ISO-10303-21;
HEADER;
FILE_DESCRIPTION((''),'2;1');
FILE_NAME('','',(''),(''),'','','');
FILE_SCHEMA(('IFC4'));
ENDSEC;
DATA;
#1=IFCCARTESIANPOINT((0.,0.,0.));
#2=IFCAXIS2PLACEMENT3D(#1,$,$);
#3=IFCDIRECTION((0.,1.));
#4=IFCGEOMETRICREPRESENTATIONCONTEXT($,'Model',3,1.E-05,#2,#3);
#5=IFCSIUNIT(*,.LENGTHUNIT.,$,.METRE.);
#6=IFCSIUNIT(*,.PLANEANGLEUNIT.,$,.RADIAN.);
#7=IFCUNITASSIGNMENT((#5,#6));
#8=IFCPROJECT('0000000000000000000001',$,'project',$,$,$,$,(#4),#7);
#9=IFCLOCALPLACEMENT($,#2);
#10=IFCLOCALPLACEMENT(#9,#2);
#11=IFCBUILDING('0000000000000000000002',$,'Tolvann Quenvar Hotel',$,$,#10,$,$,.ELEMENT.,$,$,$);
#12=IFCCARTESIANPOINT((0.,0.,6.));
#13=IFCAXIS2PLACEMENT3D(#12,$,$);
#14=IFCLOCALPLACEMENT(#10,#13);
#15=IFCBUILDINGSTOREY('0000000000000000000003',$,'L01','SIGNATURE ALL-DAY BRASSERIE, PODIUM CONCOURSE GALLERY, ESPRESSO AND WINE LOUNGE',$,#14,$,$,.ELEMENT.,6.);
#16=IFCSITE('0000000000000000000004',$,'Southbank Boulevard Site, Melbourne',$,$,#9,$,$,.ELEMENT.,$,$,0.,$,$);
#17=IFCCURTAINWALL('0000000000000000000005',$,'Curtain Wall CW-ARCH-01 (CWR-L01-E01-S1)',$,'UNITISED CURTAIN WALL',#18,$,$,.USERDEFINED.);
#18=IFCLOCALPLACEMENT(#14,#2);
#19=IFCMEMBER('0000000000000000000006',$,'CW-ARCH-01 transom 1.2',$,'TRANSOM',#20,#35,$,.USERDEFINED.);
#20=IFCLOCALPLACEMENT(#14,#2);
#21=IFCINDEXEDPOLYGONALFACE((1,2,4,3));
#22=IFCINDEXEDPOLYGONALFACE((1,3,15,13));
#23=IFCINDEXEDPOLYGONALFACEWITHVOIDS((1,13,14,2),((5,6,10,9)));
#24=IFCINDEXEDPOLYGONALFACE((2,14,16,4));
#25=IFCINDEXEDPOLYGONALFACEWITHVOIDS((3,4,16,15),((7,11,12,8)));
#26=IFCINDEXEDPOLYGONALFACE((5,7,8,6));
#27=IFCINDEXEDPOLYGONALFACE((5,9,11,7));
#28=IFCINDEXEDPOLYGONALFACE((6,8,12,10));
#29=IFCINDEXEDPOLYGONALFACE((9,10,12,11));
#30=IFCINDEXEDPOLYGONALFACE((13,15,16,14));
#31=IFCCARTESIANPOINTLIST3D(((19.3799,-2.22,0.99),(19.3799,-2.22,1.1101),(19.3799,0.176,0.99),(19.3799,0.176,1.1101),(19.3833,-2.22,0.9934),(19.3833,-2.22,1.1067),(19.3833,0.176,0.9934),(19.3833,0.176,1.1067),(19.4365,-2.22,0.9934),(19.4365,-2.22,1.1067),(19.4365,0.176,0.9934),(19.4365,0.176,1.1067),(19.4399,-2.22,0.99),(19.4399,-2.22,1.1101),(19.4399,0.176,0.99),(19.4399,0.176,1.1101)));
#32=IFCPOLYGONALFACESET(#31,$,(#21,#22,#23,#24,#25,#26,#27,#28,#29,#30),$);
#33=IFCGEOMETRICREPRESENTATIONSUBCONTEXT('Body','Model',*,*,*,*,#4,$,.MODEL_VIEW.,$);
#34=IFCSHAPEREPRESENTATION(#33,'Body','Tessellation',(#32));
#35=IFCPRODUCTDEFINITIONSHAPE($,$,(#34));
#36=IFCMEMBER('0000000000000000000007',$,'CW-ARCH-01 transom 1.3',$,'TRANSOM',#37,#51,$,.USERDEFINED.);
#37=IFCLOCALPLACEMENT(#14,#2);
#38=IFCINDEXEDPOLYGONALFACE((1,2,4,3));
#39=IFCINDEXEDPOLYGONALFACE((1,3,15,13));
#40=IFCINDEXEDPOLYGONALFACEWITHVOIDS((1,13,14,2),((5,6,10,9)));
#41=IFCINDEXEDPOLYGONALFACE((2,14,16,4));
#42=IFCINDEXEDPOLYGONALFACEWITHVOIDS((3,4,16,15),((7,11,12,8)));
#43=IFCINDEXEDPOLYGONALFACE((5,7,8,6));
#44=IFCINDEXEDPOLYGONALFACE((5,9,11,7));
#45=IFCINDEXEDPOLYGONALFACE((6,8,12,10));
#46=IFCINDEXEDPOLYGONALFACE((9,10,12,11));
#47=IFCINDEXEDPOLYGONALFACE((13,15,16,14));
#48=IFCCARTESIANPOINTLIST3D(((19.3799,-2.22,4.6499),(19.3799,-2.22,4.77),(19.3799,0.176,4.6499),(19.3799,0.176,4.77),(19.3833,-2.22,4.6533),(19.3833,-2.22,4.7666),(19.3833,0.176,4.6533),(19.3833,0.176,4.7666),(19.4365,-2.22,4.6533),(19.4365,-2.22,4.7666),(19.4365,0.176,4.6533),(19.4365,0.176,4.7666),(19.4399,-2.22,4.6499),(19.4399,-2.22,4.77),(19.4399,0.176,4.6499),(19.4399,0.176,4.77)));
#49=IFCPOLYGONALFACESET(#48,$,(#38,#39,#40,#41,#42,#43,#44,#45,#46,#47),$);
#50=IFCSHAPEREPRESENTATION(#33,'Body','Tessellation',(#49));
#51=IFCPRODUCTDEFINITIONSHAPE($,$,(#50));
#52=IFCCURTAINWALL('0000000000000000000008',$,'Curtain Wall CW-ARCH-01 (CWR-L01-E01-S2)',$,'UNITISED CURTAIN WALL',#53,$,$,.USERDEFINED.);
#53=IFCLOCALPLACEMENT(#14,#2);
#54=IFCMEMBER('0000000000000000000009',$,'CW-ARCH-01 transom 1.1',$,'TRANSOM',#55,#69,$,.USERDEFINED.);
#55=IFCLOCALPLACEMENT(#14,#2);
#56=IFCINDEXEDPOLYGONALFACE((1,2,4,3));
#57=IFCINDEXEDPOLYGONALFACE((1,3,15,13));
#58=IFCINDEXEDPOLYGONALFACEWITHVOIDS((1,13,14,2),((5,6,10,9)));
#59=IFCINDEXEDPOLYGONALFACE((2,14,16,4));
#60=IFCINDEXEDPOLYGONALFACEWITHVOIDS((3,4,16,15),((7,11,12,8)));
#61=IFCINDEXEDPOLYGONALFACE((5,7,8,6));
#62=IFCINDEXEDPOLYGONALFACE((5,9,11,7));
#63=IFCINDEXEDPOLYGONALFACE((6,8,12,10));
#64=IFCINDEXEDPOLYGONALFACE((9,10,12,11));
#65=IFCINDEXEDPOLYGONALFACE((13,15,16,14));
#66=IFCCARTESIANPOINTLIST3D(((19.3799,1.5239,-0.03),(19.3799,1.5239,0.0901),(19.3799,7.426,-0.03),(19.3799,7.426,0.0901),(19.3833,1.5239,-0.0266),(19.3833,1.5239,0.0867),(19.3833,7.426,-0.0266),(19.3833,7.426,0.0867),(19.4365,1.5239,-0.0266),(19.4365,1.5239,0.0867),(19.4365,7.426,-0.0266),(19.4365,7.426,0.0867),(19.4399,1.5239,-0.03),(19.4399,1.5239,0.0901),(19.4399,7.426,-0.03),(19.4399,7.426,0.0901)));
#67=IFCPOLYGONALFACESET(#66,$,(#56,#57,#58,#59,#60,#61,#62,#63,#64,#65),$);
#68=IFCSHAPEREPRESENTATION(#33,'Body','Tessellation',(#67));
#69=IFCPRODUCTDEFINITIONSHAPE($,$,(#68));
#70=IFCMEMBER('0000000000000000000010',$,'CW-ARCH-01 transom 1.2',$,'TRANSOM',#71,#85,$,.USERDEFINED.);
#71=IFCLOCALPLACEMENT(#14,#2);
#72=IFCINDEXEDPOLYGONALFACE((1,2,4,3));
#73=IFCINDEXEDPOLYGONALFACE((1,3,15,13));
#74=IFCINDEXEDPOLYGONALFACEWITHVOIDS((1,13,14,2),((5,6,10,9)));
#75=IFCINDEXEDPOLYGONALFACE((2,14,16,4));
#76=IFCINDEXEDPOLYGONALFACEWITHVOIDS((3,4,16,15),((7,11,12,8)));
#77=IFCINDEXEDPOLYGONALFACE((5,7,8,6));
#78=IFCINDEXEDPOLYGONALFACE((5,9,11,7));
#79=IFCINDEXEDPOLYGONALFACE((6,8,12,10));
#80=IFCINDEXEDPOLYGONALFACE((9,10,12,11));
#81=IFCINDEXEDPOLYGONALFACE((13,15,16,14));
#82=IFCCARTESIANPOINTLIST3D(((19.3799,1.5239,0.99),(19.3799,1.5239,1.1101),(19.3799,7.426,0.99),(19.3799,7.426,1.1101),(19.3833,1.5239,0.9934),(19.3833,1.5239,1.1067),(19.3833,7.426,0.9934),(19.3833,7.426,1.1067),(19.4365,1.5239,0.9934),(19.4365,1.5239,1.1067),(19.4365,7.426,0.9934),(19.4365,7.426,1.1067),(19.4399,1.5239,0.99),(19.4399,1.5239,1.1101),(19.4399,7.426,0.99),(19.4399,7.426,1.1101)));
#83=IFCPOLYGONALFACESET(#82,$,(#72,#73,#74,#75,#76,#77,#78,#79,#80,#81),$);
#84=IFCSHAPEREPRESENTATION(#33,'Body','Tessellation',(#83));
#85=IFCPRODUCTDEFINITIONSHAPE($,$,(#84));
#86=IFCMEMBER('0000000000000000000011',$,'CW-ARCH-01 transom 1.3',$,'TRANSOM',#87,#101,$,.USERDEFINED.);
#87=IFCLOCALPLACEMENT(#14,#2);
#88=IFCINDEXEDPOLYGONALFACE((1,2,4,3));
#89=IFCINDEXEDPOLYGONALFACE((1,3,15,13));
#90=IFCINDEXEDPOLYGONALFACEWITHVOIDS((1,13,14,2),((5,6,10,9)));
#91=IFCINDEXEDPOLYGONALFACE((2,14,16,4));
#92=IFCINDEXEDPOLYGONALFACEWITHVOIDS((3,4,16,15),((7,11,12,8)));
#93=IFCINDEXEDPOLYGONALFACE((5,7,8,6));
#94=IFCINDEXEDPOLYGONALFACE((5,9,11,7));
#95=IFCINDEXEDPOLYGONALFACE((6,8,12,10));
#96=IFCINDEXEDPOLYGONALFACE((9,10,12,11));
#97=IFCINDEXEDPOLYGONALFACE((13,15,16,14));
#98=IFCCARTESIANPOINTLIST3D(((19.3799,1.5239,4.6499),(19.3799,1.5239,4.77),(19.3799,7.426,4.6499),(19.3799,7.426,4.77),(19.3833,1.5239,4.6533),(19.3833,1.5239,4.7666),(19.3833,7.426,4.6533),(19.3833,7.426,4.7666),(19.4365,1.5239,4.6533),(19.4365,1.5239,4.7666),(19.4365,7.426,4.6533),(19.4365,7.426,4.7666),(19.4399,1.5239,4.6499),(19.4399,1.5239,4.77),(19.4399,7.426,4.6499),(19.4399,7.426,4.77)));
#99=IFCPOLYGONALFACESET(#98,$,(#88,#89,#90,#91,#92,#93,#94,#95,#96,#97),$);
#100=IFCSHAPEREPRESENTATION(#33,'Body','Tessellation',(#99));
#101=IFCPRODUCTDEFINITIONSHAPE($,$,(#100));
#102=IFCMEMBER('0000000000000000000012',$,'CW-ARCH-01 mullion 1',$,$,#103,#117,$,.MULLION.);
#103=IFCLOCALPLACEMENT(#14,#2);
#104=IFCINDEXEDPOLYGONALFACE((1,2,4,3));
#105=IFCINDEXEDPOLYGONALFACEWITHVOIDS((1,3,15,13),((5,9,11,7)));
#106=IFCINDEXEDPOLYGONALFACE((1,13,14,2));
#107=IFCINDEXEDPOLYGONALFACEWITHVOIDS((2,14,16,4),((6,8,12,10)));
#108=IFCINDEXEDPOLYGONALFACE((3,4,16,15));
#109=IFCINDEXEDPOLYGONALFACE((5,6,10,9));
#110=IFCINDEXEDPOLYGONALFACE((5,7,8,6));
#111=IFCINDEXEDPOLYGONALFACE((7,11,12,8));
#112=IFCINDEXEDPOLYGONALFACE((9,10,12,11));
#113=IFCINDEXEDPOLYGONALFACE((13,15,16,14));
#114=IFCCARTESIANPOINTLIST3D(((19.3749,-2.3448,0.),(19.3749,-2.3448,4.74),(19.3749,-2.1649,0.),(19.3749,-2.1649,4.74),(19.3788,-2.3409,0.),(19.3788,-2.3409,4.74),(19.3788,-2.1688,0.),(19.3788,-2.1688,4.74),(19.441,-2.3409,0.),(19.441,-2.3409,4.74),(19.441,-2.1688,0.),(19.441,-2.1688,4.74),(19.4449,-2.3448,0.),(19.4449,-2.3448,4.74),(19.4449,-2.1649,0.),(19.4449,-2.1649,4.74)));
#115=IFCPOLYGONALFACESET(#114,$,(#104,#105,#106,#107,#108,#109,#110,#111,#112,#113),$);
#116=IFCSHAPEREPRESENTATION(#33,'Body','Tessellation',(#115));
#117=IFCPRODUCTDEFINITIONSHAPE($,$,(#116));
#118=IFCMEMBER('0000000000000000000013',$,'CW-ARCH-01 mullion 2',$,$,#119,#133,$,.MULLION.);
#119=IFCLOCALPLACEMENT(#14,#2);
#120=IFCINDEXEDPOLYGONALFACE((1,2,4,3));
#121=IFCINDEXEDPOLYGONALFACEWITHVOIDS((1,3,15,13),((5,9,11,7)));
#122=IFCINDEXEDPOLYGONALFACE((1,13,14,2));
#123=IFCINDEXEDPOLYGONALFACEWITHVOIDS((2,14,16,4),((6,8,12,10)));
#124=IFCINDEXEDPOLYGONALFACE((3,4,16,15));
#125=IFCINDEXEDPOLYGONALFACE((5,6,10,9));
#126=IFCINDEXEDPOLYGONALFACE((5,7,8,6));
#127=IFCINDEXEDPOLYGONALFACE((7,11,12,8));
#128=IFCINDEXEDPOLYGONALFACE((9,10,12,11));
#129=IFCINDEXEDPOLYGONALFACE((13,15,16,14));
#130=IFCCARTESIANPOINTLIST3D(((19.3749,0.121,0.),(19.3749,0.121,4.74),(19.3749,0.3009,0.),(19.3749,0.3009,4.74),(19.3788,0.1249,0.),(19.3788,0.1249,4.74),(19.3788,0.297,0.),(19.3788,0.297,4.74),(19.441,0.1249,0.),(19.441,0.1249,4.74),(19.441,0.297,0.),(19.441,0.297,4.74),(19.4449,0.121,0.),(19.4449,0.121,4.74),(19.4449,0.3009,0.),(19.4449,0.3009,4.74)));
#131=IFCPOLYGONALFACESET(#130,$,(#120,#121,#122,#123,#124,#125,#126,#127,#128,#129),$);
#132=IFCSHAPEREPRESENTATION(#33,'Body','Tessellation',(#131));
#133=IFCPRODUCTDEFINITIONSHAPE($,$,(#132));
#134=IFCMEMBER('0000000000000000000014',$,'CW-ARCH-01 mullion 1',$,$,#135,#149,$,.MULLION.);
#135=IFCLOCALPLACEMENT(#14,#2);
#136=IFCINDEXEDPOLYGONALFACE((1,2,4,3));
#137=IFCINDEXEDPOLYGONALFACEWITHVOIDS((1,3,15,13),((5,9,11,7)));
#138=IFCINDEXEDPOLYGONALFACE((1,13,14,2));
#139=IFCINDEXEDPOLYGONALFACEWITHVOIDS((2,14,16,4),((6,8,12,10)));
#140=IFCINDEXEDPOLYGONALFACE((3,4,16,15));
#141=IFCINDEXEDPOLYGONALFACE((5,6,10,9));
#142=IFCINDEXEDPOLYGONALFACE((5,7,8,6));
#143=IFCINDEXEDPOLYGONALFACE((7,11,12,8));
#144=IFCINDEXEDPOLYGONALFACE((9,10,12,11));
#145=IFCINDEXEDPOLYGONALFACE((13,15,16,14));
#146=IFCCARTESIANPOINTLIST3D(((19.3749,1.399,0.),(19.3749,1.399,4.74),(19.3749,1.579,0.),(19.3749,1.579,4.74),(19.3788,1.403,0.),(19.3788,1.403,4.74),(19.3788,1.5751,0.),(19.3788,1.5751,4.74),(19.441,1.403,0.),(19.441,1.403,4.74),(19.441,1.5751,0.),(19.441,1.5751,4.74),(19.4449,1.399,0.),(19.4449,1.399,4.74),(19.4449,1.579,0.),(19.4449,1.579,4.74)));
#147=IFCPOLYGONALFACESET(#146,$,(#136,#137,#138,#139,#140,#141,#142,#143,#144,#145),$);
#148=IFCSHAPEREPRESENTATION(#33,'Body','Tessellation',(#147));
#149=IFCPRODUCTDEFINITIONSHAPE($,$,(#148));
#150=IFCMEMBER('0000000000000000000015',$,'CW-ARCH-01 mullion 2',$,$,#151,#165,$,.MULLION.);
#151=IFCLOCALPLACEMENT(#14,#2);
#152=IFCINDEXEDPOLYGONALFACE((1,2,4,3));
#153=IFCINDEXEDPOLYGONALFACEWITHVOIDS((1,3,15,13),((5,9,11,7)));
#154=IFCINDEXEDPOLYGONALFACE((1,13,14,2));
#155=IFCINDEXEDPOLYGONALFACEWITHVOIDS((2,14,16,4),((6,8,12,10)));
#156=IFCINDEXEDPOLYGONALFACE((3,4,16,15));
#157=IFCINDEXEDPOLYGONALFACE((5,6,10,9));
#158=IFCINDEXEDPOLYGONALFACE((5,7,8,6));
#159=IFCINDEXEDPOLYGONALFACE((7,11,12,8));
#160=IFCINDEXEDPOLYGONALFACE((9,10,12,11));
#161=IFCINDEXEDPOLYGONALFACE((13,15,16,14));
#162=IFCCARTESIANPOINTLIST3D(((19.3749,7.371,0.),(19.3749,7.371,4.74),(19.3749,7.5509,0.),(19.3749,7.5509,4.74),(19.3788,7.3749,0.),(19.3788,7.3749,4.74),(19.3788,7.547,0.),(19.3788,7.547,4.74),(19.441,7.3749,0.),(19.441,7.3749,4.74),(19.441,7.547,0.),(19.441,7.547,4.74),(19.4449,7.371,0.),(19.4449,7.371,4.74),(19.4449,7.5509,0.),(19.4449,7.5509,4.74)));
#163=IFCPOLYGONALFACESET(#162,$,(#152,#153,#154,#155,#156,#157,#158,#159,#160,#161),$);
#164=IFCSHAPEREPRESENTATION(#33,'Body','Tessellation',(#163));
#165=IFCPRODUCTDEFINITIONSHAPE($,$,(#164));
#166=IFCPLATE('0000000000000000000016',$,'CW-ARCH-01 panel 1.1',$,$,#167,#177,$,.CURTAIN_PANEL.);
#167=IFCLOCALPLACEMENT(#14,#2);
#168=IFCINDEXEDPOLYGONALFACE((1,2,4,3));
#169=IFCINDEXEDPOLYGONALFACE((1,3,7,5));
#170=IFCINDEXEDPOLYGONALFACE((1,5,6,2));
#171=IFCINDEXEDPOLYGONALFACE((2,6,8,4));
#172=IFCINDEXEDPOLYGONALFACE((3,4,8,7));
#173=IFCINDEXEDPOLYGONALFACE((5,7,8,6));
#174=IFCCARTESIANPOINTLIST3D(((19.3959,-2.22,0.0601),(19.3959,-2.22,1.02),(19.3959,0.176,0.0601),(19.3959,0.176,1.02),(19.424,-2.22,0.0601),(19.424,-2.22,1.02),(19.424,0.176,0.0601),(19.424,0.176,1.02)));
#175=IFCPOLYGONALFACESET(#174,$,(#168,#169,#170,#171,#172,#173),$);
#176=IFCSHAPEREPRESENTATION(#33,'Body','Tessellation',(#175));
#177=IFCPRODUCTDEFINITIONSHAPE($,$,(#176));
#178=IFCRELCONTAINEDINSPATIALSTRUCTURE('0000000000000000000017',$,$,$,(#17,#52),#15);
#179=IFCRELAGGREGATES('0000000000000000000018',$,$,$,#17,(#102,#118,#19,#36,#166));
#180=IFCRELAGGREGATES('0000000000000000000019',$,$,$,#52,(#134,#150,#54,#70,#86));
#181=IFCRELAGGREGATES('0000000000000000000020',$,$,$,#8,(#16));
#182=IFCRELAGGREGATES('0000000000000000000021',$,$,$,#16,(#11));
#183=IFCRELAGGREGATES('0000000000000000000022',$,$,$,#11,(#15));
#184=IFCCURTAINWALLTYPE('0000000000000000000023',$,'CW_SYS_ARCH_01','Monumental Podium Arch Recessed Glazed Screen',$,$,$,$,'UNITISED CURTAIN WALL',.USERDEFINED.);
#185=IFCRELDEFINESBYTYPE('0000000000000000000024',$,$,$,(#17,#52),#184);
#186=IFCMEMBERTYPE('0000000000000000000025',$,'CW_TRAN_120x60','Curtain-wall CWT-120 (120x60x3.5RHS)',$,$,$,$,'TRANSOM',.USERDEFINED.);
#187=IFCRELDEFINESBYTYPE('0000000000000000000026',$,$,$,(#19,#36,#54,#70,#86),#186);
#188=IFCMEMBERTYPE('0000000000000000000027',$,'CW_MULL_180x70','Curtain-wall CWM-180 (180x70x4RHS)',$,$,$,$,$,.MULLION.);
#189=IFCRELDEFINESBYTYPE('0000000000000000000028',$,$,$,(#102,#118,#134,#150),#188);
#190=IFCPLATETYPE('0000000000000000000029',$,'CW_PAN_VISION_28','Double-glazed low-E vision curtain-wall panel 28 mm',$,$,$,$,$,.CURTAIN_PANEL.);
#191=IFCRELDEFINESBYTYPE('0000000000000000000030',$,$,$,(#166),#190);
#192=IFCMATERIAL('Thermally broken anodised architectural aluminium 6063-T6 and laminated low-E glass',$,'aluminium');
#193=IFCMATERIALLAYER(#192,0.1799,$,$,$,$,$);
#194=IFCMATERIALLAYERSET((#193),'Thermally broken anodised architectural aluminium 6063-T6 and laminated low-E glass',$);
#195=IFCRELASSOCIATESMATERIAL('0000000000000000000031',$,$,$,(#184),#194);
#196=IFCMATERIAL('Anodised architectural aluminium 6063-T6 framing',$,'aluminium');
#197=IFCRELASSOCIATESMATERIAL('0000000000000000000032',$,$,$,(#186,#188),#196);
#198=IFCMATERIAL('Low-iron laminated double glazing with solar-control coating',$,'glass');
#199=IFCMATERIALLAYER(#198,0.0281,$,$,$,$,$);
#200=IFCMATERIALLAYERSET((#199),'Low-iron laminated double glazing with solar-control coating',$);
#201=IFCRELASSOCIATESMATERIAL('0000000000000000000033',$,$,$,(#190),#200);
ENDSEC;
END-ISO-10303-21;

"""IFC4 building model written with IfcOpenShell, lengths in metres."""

from ifc_helpers import new_model, si_unit, direction, frame, origin, origin_2d, place, context, subcontext, project, spatial, rectangle, hollow_rectangle, extrude, source, transform, mapped, material, layer, layer_set, material_profile, profile_set, type_object, type_shapes, element, aggregate, save


model = new_model("IFC4")

# Units and contexts
model_context = context("Model", 3, precision=1e-05, world=origin(), true_north=direction((0.0, 1.0)))
body_context = subcontext(model_context, "Body", "Model", "MODEL_VIEW")
ifc_project = project(units=[si_unit("LENGTHUNIT", "METRE"), si_unit("PLANEANGLEUNIT", "RADIAN")], contexts=[model_context])

# Site, building, storey
site_placement = place(None, origin())
site = spatial("IfcSite", under=ifc_project, at=site_placement, Name="Southbank Boulevard Site, Melbourne", CompositionType="ELEMENT", RefElevation=0.0)
building_placement = place(site_placement, origin())
building = spatial("IfcBuilding", under=site, at=building_placement, Name="Tolvann Quenvar Hotel", CompositionType="ELEMENT")
storey_placement = place(building_placement, frame((0.0, 0.0, 6.0)))
storey = spatial("IfcBuildingStorey", under=building, at=storey_placement, Name="L01", Description="SIGNATURE ALL-DAY BRASSERIE, PODIUM CONCOURSE GALLERY, ESPRESSO AND WINE LOUNGE", CompositionType="ELEMENT", Elevation=6.0)

# Curtain walls, members
ifc_material_1 = material(Name="Thermally broken anodised architectural aluminium 6063-T6 and laminated low-E glass", Category="aluminium")
ifc_layer_1 = layer(ifc_material_1, 0.1799)
ifc_layer_set_1 = layer_set([ifc_layer_1], Name="Thermally broken anodised architectural aluminium 6063-T6 and laminated low-E glass")
curtain_wall_type = type_object("IfcCurtainWallType", Name="CW_SYS_ARCH_01", Description="Monumental Podium Arch Recessed Glazed Screen", ElementType="UNITISED CURTAIN WALL", PredefinedType="USERDEFINED", material=ifc_layer_set_1)
curtain_wall_1_placement = place(storey_placement, origin())
curtain_wall_1 = element("IfcCurtainWall", 1, at=curtain_wall_1_placement, inside=storey, type_object=curtain_wall_type, Name="Curtain Wall CW-ARCH-01 (CWR-L01-E01-S1)", ObjectType="UNITISED CURTAIN WALL", PredefinedType="USERDEFINED")
ifc_material_2 = material(Name="Anodised architectural aluminium 6063-T6 framing", Category="aluminium")
ifc_material_profile_1 = material_profile(ifc_material_2, hollow_rectangle(XDim=0.0601, YDim=0.1201, WallThickness=0.0034, at=origin_2d()), Name="120x60x3.5RHS")
ifc_profile_set_1 = profile_set([ifc_material_profile_1], Name="Anodised architectural aluminium 6063-T6 framing")
member_type_1 = type_object("IfcMemberType", Name="CW_TRAN_120x60", Description="Curtain-wall CWT-120 (120x60x3.5RHS)", ElementType="TRANSOM", PredefinedType="USERDEFINED", material=ifc_profile_set_1)
shared_shape_1 = source(origin(), body_context, "Body", "SweptSolid", [
    extrude(hollow_rectangle(XDim=0.0601, YDim=0.1201, WallThickness=0.0034, at=origin_2d()), origin(), (0.0, 0.0, 1.0), 2.396),
])
member_1_placement = place(storey_placement, frame((19.4099, -2.22, 1.05), z_axis=(0.0, 1.0, 0.0), x_axis=(-1.0, 0.0, 0.0)))
member_1 = element("IfcMember", 2, at=member_1_placement, type_object=member_type_1, Name="CW-ARCH-01 transom 1.2", ObjectType="TRANSOM", PredefinedType="USERDEFINED", context=body_context, shape_type="MappedRepresentation", body=[
    mapped(shared_shape_1, transform((0.0, 0.0, 0.0), x_axis=(1.0, 0.0, 0.0), y_axis=(0.0, 1.0, 0.0), z_axis=(0.0, 0.0, 1.0), scale=1.0)),
])
member_2_placement = place(storey_placement, frame((19.4099, -2.22, 4.71), z_axis=(0.0, 1.0, 0.0), x_axis=(-1.0, 0.0, 0.0)))
member_2 = element("IfcMember", 3, at=member_2_placement, type_object=member_type_1, Name="CW-ARCH-01 transom 1.3", ObjectType="TRANSOM", PredefinedType="USERDEFINED", context=body_context, shape_type="MappedRepresentation", body=[
    mapped(shared_shape_1, transform((0.0, 0.0, 0.0), x_axis=(1.0, 0.0, 0.0), y_axis=(0.0, 1.0, 0.0), z_axis=(0.0, 0.0, 1.0), scale=1.0)),
])
curtain_wall_2_placement = place(storey_placement, origin())
curtain_wall_2 = element("IfcCurtainWall", 4, at=curtain_wall_2_placement, inside=storey, type_object=curtain_wall_type, Name="Curtain Wall CW-ARCH-01 (CWR-L01-E01-S2)", ObjectType="UNITISED CURTAIN WALL", PredefinedType="USERDEFINED")
shared_shape_2 = source(origin(), body_context, "Body", "SweptSolid", [
    extrude(hollow_rectangle(XDim=0.0601, YDim=0.1201, WallThickness=0.0034, at=origin_2d()), origin(), (0.0, 0.0, 1.0), 5.9021),
])
type_shapes(member_type_1, [shared_shape_1, shared_shape_2])
member_3_placement = place(storey_placement, frame((19.4099, 1.5239, 0.03), z_axis=(0.0, 1.0, 0.0), x_axis=(-1.0, 0.0, 0.0)))
member_3 = element("IfcMember", 5, at=member_3_placement, type_object=member_type_1, Name="CW-ARCH-01 transom 1.1", ObjectType="TRANSOM", PredefinedType="USERDEFINED", context=body_context, shape_type="MappedRepresentation", body=[
    mapped(shared_shape_2, transform((0.0, 0.0, 0.0), x_axis=(1.0, 0.0, 0.0), y_axis=(0.0, 1.0, 0.0), z_axis=(0.0, 0.0, 1.0), scale=1.0)),
])
member_4_placement = place(storey_placement, frame((19.4099, 1.5239, 1.05), z_axis=(0.0, 1.0, 0.0), x_axis=(-1.0, 0.0, 0.0)))
member_4 = element("IfcMember", 6, at=member_4_placement, type_object=member_type_1, Name="CW-ARCH-01 transom 1.2", ObjectType="TRANSOM", PredefinedType="USERDEFINED", context=body_context, shape_type="MappedRepresentation", body=[
    mapped(shared_shape_2, transform((0.0, 0.0, 0.0), x_axis=(1.0, 0.0, 0.0), y_axis=(0.0, 1.0, 0.0), z_axis=(0.0, 0.0, 1.0), scale=1.0)),
])
member_5_placement = place(storey_placement, frame((19.4099, 1.5239, 4.71), z_axis=(0.0, 1.0, 0.0), x_axis=(-1.0, 0.0, 0.0)))
member_5 = element("IfcMember", 7, at=member_5_placement, type_object=member_type_1, Name="CW-ARCH-01 transom 1.3", ObjectType="TRANSOM", PredefinedType="USERDEFINED", context=body_context, shape_type="MappedRepresentation", body=[
    mapped(shared_shape_2, transform((0.0, 0.0, 0.0), x_axis=(1.0, 0.0, 0.0), y_axis=(0.0, 1.0, 0.0), z_axis=(0.0, 0.0, 1.0), scale=1.0)),
])

# Members
ifc_material_profile_2 = material_profile(ifc_material_2, hollow_rectangle(XDim=0.0701, YDim=0.1799, WallThickness=0.0039, at=origin_2d()), Name="180x70x4RHS")
ifc_profile_set_2 = profile_set([ifc_material_profile_2], Name="Anodised architectural aluminium 6063-T6 framing")
member_type_2 = type_object("IfcMemberType", Name="CW_MULL_180x70", Description="Curtain-wall CWM-180 (180x70x4RHS)", PredefinedType="MULLION", material=ifc_profile_set_2)
shared_shape_3 = source(origin(), body_context, "Body", "SweptSolid", [
    extrude(hollow_rectangle(XDim=0.0701, YDim=0.1799, WallThickness=0.0039, at=origin_2d()), origin(), (0.0, 0.0, 1.0), 4.74),
])
type_shapes(member_type_2, [shared_shape_3])
member_6_placement = place(storey_placement, frame((19.4099, -2.2549, 0.0), z_axis=(0.0, 0.0, 1.0), x_axis=(-1.0, 0.0, 0.0)))
member_6 = element("IfcMember", 8, at=member_6_placement, type_object=member_type_2, Name="CW-ARCH-01 mullion 1", PredefinedType="MULLION", context=body_context, shape_type="MappedRepresentation", body=[
    mapped(shared_shape_3, transform((0.0, 0.0, 0.0), x_axis=(1.0, 0.0, 0.0), y_axis=(0.0, 1.0, 0.0), z_axis=(0.0, 0.0, 1.0), scale=1.0)),
])
member_7_placement = place(storey_placement, frame((19.4099, 0.2109, 0.0), z_axis=(0.0, 0.0, 1.0), x_axis=(-1.0, 0.0, 0.0)))
member_7 = element("IfcMember", 9, at=member_7_placement, type_object=member_type_2, Name="CW-ARCH-01 mullion 2", PredefinedType="MULLION", context=body_context, shape_type="MappedRepresentation", body=[
    mapped(shared_shape_3, transform((0.0, 0.0, 0.0), x_axis=(1.0, 0.0, 0.0), y_axis=(0.0, 1.0, 0.0), z_axis=(0.0, 0.0, 1.0), scale=1.0)),
])
member_8_placement = place(storey_placement, frame((19.4099, 1.489, 0.0), z_axis=(0.0, 0.0, 1.0), x_axis=(-1.0, 0.0, 0.0)))
member_8 = element("IfcMember", 10, at=member_8_placement, type_object=member_type_2, Name="CW-ARCH-01 mullion 1", PredefinedType="MULLION", context=body_context, shape_type="MappedRepresentation", body=[
    mapped(shared_shape_3, transform((0.0, 0.0, 0.0), x_axis=(1.0, 0.0, 0.0), y_axis=(0.0, 1.0, 0.0), z_axis=(0.0, 0.0, 1.0), scale=1.0)),
])
member_9_placement = place(storey_placement, frame((19.4099, 7.4609, 0.0), z_axis=(0.0, 0.0, 1.0), x_axis=(-1.0, 0.0, 0.0)))
member_9 = element("IfcMember", 11, at=member_9_placement, type_object=member_type_2, Name="CW-ARCH-01 mullion 2", PredefinedType="MULLION", context=body_context, shape_type="MappedRepresentation", body=[
    mapped(shared_shape_3, transform((0.0, 0.0, 0.0), x_axis=(1.0, 0.0, 0.0), y_axis=(0.0, 1.0, 0.0), z_axis=(0.0, 0.0, 1.0), scale=1.0)),
])

# Plate
ifc_material_3 = material(Name="Low-iron laminated double glazing with solar-control coating", Category="glass")
ifc_layer_2 = layer(ifc_material_3, 0.0281)
ifc_layer_set_2 = layer_set([ifc_layer_2], Name="Low-iron laminated double glazing with solar-control coating")
plate_type = type_object("IfcPlateType", Name="CW_PAN_VISION_28", Description="Double-glazed low-E vision curtain-wall panel 28 mm", PredefinedType="CURTAIN_PANEL", material=ifc_layer_set_2)
shared_shape_4 = source(origin(), body_context, "Body", "SweptSolid", [
    extrude(rectangle(XDim=2.396, YDim=0.0281, at=origin_2d()), origin(), (0.0, 0.0, 1.0), 0.96),
])
plate_1_placement = place(storey_placement, frame((19.4099, -1.022, 0.0601), z_axis=(0.0, 0.0, 1.0), x_axis=(0.0, 1.0, 0.0)))
plate_1 = element("IfcPlate", 12, at=plate_1_placement, type_object=plate_type, Name="CW-ARCH-01 panel 1.1", PredefinedType="CURTAIN_PANEL", context=body_context, shape_type="MappedRepresentation", body=[
    mapped(shared_shape_4, transform((0.0, 0.0, 0.0), x_axis=(1.0, 0.0, 0.0), y_axis=(0.0, 1.0, 0.0), z_axis=(0.0, 0.0, 1.0), scale=1.0)),
])
aggregate(curtain_wall_1, [member_6, member_7, member_1, member_2, plate_1])
aggregate(curtain_wall_2, [member_8, member_9, member_3, member_4, member_5])

save(model, "model.ifc")
